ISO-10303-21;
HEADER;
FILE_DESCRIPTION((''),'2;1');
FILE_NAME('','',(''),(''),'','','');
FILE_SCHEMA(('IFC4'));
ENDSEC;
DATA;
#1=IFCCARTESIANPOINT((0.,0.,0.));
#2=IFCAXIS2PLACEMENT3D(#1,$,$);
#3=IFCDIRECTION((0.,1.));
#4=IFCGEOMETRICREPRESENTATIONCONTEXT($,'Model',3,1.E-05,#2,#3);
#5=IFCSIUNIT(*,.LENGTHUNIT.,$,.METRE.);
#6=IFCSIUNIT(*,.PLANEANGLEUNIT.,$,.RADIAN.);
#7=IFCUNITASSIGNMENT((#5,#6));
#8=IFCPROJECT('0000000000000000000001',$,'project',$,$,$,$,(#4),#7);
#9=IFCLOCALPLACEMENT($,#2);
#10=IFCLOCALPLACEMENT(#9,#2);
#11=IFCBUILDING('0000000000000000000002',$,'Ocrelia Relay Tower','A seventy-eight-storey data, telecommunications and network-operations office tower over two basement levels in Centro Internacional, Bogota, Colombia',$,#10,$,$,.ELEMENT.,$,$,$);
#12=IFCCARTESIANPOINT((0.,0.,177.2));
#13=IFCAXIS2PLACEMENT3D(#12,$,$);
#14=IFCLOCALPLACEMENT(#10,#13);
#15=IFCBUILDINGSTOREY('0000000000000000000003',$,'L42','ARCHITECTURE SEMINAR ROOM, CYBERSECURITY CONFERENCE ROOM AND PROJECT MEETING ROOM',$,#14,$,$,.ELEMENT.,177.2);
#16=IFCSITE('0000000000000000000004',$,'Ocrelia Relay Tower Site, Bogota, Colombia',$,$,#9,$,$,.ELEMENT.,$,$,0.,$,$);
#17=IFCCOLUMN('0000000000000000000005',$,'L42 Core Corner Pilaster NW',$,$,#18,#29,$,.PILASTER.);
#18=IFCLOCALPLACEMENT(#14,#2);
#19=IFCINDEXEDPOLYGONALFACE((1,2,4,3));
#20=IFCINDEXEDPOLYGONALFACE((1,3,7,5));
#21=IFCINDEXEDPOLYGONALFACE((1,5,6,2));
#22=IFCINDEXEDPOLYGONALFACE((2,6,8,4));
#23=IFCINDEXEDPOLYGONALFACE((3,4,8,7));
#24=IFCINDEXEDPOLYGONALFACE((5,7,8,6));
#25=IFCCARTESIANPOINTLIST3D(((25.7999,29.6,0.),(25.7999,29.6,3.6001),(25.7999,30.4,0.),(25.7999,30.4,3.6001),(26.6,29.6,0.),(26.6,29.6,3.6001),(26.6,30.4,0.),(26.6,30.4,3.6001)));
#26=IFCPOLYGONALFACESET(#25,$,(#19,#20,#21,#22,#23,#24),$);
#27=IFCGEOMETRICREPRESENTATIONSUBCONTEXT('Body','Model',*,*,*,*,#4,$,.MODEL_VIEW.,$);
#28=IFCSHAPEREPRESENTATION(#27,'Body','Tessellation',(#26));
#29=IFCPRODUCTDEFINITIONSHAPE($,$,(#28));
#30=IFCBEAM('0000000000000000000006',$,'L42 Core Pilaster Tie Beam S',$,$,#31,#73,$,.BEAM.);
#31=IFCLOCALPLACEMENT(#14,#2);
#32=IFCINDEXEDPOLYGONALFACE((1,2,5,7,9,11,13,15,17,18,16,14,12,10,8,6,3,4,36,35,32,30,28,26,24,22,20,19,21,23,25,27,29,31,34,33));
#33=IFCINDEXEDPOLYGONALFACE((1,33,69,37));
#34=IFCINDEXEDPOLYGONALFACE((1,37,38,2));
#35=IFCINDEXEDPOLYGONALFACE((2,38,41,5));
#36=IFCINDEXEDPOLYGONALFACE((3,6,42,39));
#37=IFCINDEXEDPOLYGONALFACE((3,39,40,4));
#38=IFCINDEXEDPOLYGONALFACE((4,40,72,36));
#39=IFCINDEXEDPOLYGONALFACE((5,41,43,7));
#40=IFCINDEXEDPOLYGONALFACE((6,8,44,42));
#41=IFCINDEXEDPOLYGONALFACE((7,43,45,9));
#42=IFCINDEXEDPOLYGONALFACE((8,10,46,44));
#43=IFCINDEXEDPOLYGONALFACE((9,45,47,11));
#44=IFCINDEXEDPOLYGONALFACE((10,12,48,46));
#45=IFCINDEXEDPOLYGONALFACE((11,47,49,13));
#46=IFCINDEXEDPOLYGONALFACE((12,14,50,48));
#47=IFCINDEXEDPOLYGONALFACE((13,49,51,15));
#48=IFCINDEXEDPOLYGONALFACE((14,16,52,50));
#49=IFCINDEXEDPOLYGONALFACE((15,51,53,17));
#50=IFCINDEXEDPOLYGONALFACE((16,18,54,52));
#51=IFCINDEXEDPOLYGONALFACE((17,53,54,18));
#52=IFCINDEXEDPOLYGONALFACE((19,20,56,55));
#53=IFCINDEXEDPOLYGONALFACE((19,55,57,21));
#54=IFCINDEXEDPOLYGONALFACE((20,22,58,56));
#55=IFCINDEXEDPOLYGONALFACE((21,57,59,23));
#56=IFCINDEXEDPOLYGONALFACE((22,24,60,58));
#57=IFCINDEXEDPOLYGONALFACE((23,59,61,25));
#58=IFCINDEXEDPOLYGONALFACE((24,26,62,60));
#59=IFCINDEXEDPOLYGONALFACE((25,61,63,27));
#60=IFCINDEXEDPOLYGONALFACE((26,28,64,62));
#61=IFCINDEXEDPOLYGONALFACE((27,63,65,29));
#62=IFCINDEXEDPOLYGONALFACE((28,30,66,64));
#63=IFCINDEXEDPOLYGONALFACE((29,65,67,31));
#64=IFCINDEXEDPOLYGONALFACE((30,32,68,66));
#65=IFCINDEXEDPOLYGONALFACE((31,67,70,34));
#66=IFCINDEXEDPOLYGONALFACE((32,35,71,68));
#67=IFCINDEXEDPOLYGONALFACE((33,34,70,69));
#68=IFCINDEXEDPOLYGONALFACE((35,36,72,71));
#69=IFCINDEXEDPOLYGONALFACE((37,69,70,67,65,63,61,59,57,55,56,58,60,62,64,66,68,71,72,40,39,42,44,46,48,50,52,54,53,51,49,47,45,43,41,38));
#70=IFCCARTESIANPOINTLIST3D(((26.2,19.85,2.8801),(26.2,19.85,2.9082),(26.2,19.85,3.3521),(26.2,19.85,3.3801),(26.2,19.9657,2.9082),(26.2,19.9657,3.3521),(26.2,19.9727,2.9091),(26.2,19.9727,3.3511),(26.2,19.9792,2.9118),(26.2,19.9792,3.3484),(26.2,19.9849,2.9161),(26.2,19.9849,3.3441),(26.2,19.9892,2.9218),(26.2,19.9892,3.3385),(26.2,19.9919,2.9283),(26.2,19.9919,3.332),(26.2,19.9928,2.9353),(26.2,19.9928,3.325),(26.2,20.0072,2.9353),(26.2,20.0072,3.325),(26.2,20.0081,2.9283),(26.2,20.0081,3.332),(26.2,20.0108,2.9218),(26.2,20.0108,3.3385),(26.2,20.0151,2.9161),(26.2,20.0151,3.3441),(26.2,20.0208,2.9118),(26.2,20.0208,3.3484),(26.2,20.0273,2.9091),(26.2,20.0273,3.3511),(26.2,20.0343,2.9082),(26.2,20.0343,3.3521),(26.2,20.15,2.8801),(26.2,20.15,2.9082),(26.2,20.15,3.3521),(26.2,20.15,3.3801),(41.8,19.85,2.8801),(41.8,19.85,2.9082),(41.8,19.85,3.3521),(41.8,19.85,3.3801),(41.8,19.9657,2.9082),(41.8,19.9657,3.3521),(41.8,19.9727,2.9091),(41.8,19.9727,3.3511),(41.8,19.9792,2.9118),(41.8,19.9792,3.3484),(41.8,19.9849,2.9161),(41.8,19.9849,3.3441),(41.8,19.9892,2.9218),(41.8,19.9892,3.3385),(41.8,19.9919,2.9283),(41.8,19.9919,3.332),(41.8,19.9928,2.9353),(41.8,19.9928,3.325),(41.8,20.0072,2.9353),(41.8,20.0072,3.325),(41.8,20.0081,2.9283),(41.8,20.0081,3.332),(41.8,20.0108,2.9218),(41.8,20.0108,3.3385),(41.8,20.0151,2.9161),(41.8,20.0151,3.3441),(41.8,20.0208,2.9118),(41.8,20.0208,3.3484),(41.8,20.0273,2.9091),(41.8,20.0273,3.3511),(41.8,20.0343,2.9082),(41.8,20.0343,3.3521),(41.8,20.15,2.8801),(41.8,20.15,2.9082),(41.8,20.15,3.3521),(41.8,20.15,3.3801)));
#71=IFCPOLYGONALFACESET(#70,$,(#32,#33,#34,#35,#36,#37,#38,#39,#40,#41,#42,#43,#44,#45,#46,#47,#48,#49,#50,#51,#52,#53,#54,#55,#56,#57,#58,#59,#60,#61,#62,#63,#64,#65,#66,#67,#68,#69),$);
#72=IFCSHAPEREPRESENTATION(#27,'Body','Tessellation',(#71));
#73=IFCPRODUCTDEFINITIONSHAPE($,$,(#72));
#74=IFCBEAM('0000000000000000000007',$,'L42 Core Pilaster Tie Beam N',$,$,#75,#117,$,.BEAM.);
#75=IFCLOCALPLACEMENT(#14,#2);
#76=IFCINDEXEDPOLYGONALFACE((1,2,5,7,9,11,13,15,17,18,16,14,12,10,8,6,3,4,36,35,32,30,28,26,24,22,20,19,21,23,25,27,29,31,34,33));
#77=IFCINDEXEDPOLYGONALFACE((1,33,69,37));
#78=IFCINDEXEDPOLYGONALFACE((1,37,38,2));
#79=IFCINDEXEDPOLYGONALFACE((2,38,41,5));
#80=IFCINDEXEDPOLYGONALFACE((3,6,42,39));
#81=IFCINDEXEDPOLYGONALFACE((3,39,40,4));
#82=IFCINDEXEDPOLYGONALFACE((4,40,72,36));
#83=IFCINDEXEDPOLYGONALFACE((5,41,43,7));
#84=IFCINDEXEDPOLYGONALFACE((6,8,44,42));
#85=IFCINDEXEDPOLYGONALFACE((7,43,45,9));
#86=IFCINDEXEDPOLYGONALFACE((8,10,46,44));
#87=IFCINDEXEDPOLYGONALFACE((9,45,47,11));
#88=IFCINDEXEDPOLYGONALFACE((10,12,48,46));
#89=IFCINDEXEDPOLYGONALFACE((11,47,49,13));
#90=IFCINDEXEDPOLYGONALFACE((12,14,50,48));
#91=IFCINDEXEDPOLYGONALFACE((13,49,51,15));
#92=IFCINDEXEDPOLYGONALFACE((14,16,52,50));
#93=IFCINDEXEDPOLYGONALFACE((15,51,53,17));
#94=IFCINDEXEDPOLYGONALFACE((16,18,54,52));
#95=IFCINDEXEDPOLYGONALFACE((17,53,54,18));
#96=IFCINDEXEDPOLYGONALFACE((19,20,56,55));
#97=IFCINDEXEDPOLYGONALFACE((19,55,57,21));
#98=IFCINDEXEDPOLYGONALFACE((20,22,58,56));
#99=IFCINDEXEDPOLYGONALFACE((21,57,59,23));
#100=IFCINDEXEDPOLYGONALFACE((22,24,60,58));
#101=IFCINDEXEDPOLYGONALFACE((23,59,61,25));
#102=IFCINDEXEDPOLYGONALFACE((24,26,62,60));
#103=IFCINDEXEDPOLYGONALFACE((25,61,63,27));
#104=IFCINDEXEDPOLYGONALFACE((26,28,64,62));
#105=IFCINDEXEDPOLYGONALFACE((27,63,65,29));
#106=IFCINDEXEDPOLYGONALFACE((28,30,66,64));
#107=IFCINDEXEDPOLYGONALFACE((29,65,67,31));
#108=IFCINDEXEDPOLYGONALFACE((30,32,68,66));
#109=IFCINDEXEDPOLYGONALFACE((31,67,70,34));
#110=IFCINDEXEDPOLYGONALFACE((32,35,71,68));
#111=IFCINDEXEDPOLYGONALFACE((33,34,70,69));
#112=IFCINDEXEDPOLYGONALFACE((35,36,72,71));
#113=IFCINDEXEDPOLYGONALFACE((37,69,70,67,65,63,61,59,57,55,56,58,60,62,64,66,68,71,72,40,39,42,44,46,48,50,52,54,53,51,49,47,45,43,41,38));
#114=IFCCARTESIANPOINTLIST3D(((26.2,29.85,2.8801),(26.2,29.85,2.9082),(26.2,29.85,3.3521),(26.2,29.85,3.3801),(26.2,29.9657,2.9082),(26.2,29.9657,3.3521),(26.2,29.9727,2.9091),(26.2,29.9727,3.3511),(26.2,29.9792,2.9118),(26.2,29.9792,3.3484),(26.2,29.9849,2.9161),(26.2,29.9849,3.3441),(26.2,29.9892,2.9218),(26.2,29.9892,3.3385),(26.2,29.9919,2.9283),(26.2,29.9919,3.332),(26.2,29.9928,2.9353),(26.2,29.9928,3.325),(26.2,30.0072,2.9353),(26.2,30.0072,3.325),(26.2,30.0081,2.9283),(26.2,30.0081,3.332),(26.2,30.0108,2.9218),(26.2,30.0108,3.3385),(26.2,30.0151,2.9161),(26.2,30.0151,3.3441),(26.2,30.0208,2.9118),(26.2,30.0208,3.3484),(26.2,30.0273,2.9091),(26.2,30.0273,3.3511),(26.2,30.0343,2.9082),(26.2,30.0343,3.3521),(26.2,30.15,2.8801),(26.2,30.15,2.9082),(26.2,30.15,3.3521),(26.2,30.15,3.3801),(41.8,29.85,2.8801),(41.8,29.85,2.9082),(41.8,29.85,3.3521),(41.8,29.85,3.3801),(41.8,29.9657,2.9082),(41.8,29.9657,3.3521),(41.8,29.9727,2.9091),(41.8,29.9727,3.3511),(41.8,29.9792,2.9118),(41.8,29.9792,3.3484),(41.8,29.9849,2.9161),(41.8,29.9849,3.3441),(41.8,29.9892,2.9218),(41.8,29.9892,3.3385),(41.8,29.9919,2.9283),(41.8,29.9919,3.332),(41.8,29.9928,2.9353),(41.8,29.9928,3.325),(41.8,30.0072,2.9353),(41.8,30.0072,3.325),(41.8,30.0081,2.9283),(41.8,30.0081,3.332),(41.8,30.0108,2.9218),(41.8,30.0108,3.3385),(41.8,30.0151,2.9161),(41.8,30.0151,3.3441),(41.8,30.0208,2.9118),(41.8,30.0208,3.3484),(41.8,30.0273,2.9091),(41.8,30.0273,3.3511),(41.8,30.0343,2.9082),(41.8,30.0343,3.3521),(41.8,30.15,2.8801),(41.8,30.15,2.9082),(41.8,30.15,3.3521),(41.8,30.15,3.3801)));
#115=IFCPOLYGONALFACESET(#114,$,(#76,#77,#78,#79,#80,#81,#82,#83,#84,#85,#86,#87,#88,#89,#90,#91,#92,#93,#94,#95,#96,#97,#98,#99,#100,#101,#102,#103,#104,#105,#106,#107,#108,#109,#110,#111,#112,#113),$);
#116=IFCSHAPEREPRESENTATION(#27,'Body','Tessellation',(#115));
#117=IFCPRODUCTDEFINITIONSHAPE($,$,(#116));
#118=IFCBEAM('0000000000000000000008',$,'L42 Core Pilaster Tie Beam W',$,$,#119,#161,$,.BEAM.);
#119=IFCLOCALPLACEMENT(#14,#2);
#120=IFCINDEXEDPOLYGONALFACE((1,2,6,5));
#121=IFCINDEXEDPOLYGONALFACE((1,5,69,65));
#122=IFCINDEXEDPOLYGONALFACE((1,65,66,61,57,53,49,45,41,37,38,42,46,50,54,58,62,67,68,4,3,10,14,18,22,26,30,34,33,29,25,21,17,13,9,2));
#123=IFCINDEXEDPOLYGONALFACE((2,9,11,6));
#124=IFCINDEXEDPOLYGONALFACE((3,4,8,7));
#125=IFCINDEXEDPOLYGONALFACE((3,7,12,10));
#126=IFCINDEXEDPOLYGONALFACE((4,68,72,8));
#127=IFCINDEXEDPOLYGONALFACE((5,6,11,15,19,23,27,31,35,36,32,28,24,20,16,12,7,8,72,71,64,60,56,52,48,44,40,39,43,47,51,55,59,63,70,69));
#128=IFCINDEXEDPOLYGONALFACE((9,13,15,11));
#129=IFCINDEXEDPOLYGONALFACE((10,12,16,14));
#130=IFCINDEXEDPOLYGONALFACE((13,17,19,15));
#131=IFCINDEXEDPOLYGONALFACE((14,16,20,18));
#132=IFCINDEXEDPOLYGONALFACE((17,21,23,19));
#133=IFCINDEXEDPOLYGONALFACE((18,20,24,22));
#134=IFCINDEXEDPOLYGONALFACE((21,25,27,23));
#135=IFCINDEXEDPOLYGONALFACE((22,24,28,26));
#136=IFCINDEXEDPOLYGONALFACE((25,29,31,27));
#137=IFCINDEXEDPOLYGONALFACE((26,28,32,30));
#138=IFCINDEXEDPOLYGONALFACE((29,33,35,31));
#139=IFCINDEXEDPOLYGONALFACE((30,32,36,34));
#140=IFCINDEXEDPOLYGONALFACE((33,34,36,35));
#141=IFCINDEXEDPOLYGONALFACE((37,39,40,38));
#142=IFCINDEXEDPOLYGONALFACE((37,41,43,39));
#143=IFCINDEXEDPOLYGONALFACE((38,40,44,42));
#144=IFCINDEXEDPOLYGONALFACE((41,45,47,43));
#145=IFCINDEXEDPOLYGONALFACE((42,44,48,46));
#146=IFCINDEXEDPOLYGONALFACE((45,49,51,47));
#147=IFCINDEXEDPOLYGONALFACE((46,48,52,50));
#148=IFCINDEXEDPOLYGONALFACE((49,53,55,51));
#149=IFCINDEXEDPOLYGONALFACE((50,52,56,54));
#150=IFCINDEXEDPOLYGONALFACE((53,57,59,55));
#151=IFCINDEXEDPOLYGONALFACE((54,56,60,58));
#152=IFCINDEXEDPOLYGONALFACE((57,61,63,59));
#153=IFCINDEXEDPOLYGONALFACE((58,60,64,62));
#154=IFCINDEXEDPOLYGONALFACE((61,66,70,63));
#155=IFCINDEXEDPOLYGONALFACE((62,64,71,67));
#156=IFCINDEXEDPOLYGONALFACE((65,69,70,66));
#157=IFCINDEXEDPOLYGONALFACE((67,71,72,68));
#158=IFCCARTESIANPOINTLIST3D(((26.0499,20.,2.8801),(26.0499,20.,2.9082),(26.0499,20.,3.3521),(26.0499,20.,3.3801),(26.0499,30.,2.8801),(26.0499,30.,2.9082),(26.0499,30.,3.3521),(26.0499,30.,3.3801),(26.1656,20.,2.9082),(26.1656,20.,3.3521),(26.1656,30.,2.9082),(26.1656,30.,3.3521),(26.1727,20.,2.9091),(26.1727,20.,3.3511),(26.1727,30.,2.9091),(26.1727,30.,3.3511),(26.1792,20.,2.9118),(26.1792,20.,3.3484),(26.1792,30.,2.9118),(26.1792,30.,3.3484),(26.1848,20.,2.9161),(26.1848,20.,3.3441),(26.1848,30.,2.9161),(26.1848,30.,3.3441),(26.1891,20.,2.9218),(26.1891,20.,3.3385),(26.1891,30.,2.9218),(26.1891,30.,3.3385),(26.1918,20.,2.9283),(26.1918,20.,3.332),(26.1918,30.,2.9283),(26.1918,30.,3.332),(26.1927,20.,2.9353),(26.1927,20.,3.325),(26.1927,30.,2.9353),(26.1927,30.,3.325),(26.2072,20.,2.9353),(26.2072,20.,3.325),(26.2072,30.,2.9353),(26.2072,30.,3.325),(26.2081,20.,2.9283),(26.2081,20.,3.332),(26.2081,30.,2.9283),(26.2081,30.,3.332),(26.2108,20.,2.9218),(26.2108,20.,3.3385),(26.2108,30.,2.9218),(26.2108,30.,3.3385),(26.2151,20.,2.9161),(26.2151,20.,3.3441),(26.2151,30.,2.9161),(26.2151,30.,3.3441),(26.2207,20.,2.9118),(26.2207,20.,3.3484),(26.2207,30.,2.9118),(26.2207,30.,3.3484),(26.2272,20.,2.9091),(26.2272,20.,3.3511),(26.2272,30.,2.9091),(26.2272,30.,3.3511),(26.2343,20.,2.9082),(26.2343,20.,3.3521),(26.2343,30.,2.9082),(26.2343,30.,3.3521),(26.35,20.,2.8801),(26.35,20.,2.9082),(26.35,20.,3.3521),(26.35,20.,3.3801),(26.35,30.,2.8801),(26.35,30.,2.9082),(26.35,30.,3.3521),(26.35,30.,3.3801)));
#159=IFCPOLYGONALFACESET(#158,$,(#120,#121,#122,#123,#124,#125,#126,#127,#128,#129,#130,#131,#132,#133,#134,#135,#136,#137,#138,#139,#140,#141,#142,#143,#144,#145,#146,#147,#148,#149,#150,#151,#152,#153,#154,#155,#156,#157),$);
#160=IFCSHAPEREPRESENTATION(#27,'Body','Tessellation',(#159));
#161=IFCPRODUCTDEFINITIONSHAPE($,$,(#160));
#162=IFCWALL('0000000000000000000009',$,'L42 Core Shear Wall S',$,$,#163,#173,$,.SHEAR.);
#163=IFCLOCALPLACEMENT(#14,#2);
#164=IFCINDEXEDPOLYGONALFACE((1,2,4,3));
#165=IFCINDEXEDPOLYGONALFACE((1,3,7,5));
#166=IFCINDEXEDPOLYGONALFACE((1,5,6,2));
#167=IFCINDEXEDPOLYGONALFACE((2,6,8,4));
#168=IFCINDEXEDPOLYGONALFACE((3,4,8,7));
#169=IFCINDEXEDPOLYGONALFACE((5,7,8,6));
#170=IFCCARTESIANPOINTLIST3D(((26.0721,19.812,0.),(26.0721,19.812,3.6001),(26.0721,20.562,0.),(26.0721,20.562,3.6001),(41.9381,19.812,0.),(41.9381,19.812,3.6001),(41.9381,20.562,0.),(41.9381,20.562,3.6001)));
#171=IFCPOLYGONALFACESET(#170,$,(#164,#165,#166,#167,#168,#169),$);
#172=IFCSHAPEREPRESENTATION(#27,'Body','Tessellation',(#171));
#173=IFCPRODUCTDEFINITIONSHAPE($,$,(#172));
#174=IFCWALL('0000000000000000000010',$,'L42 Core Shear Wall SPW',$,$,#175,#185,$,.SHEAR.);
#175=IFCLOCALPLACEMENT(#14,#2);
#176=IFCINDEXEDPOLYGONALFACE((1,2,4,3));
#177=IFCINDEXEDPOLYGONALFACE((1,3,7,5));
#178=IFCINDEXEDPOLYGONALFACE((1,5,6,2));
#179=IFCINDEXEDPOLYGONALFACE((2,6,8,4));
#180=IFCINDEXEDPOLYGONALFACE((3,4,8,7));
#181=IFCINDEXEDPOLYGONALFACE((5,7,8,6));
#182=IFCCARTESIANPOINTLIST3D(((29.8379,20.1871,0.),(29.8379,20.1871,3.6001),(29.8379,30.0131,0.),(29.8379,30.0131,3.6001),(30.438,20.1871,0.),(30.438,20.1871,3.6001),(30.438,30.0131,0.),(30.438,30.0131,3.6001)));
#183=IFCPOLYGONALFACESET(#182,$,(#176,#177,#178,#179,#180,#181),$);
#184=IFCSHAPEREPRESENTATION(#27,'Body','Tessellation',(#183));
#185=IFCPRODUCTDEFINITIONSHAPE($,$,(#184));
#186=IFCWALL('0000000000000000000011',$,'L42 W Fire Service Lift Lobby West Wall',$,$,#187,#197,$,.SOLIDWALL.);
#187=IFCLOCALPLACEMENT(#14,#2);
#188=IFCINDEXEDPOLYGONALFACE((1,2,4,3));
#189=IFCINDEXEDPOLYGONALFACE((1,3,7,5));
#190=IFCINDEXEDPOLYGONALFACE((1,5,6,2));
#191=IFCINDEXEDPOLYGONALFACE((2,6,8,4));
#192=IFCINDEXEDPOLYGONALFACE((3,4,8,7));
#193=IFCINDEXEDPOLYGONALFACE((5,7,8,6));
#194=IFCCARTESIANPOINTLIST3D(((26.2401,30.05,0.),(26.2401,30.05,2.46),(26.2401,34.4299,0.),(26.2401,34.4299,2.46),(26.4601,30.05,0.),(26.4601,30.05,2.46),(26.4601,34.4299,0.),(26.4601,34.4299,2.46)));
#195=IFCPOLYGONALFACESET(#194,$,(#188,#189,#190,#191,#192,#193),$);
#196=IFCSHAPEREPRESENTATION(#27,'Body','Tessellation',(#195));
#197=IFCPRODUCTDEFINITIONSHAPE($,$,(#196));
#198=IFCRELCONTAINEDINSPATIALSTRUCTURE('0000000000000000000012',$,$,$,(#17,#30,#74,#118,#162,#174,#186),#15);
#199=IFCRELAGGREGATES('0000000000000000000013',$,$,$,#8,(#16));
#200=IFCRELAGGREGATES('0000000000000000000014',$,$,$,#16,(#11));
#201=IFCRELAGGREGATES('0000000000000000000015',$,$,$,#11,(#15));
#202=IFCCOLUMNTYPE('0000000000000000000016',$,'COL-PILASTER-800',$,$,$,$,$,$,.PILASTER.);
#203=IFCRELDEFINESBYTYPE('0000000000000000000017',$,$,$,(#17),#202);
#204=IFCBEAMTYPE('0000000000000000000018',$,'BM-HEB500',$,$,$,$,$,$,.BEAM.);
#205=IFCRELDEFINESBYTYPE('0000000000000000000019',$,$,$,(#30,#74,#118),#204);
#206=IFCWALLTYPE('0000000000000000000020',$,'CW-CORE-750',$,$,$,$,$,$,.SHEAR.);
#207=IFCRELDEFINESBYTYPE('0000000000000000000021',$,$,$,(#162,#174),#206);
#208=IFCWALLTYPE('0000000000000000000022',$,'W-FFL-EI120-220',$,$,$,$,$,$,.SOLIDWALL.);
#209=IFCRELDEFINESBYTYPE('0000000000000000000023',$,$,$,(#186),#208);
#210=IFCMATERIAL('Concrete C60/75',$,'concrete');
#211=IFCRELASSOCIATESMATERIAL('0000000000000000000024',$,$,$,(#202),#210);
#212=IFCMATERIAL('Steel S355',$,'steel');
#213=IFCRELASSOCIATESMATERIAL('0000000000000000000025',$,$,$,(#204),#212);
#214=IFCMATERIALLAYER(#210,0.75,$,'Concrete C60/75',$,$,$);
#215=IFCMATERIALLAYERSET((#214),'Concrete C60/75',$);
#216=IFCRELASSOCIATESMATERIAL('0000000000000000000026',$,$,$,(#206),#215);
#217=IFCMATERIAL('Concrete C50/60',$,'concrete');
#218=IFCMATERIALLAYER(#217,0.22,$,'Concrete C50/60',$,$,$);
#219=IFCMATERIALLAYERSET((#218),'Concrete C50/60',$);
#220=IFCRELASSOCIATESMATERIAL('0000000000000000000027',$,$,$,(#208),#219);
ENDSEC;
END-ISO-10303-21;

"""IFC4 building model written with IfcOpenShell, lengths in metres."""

from ifc_helpers import new_model, si_unit, direction, frame, frame_2d, origin, origin_2d, place, context, subcontext, project, spatial, rectangle, i_section, extrude, material, layer, layer_set, material_profile, profile_set, type_object, element, save


model = new_model("IFC4")

# Units and contexts
model_context = context("Model", 3, precision=1e-05, world=origin(), true_north=direction((0.0, 1.0)))
body_context = subcontext(model_context, "Body", "Model", "MODEL_VIEW")
ifc_project = project(units=[si_unit("LENGTHUNIT", "METRE"), si_unit("PLANEANGLEUNIT", "RADIAN")], contexts=[model_context])

# Site, building, storey
site_placement = place(None, origin())
site = spatial("IfcSite", under=ifc_project, at=site_placement, Name="Ocrelia Relay Tower Site, Bogota, Colombia", CompositionType="ELEMENT", RefElevation=0.0)
building_placement = place(site_placement, origin())
building = spatial("IfcBuilding", under=site, at=building_placement, Name="Ocrelia Relay Tower", Description="A seventy-eight-storey data, telecommunications and network-operations office tower over two basement levels in Centro Internacional, Bogota, Colombia", CompositionType="ELEMENT")
storey_placement = place(building_placement, frame((0.0, 0.0, 177.2)))
storey = spatial("IfcBuildingStorey", under=building, at=storey_placement, Name="L42", Description="ARCHITECTURE SEMINAR ROOM, CYBERSECURITY CONFERENCE ROOM AND PROJECT MEETING ROOM", CompositionType="ELEMENT", Elevation=177.2)

# Column
ifc_material_1 = material(Name="Concrete C60/75", Category="concrete")
ifc_material_profile_1 = material_profile(ifc_material_1, rectangle(XDim=0.8, YDim=0.8, at=origin_2d()), Name="RC-COL-800x800")
ifc_profile_set_1 = profile_set([ifc_material_profile_1], Name="Concrete C60/75")
column_type = type_object("IfcColumnType", Name="COL-PILASTER-800", PredefinedType="PILASTER", material=ifc_profile_set_1)
column_placement = place(storey_placement, frame((26.2, 30.0, 0.0), z_axis=(0.0, 0.0, 1.0), x_axis=(1.0, 0.0, 0.0)))
element("IfcColumn", 1, at=column_placement, inside=storey, type_object=column_type, Name="L42 Core Corner Pilaster NW", PredefinedType="PILASTER", context=body_context, shape_type="SweptSolid", body=[
    extrude(rectangle(XDim=0.8, YDim=0.8, at=origin_2d()), origin(), (0.0, 0.0, 1.0), 3.6001),
])

# Beams
ifc_material_2 = material(Name="Steel S355", Category="steel")
ifc_material_profile_2 = material_profile(ifc_material_2, i_section(OverallWidth=0.3, OverallDepth=0.5, WebThickness=0.0144, FlangeThickness=0.0281, FilletRadius=0.0271, at=origin_2d()), Name="HEB 500")
ifc_profile_set_2 = profile_set([ifc_material_profile_2], Name="Steel S355")
beam_type = type_object("IfcBeamType", Name="BM-HEB500", PredefinedType="BEAM", material=ifc_profile_set_2)
for number, where, z_axis, x_axis, name in (
    (2, (26.2, 20.0, 3.1301), (1.0, 0.0, 0.0), (0.0, 1.0, 0.0), "L42 Core Pilaster Tie Beam S"),
    (3, (26.2, 30.0, 3.1301), (1.0, 0.0, 0.0), (0.0, 1.0, 0.0), "L42 Core Pilaster Tie Beam N"),
):
    element("IfcBeam", number, at=place(storey_placement, frame(where, z_axis=z_axis, x_axis=x_axis)), inside=storey, type_object=beam_type, Name=name, PredefinedType="BEAM", context=body_context, shape_type="SweptSolid", body=[
        extrude(i_section(OverallWidth=0.3, OverallDepth=0.5, WebThickness=0.0144, FlangeThickness=0.0281, FilletRadius=0.0271, at=origin_2d()), origin(), (0.0, 0.0, 1.0), 15.6001),
    ])
beam_placement = place(storey_placement, frame((26.2, 20.0, 3.1301), z_axis=(0.0, 1.0, 0.0), x_axis=(-1.0, 0.0, 0.0)))
element("IfcBeam", 4, at=beam_placement, inside=storey, type_object=beam_type, Name="L42 Core Pilaster Tie Beam W", PredefinedType="BEAM", context=body_context, shape_type="SweptSolid", body=[
    extrude(i_section(OverallWidth=0.3, OverallDepth=0.5, WebThickness=0.0144, FlangeThickness=0.0281, FilletRadius=0.0271, at=origin_2d()), origin(), (0.0, 0.0, 1.0), 10.0),
])

# Wall
ifc_layer_1 = layer(ifc_material_1, 0.75, Name="Concrete C60/75")
ifc_layer_set_1 = layer_set([ifc_layer_1], Name="Concrete C60/75")
wall_type_1 = type_object("IfcWallType", Name="CW-CORE-750", PredefinedType="SHEAR", material=ifc_layer_set_1)
wall_1_placement = place(storey_placement, frame((26.072, 20.187, 0.0), z_axis=(0.0, 0.0, 1.0), x_axis=(1.0, 0.0, 0.0)))
element("IfcWall", 5, at=wall_1_placement, inside=storey, type_object=wall_type_1, Name="L42 Core Shear Wall S", PredefinedType="SHEAR", context=body_context, shape_type="SweptSolid", body=[
    extrude(rectangle(XDim=15.866, YDim=0.75, at=frame_2d((7.9331, 0.0))), origin(), (0.0, 0.0, 1.0), 3.6001),
])

# Wall
wall_2_placement = place(storey_placement, frame((30.1379, 20.187, 0.0), z_axis=(0.0, 0.0, 1.0), x_axis=(0.0, 1.0, 0.0)))
element("IfcWall", 6, at=wall_2_placement, inside=storey, type_object=wall_type_1, Name="L42 Core Shear Wall SPW", PredefinedType="SHEAR", context=body_context, shape_type="SweptSolid", body=[
    extrude(rectangle(XDim=9.8259, YDim=0.6001, at=frame_2d((4.9131, 0.0))), origin(), (0.0, 0.0, 1.0), 3.6001),
])

# Wall
ifc_material_3 = material(Name="Concrete C50/60", Category="concrete")
ifc_layer_2 = layer(ifc_material_3, 0.22, Name="Concrete C50/60")
ifc_layer_set_2 = layer_set([ifc_layer_2], Name="Concrete C50/60")
wall_type_2 = type_object("IfcWallType", Name="W-FFL-EI120-220", PredefinedType="SOLIDWALL", material=ifc_layer_set_2)
wall_3_placement = place(storey_placement, frame((26.3501, 30.05, 0.0), z_axis=(0.0, 0.0, 1.0), x_axis=(0.0, 1.0, 0.0)))
element("IfcWall", 7, at=wall_3_placement, inside=storey, type_object=wall_type_2, Name="L42 W Fire Service Lift Lobby West Wall", PredefinedType="SOLIDWALL", context=body_context, shape_type="SweptSolid", body=[
    extrude(rectangle(XDim=4.3799, YDim=0.22, at=frame_2d((2.1899, 0.0))), origin(), (0.0, 0.0, 1.0), 2.46),
])

save(model, "model.ifc")
